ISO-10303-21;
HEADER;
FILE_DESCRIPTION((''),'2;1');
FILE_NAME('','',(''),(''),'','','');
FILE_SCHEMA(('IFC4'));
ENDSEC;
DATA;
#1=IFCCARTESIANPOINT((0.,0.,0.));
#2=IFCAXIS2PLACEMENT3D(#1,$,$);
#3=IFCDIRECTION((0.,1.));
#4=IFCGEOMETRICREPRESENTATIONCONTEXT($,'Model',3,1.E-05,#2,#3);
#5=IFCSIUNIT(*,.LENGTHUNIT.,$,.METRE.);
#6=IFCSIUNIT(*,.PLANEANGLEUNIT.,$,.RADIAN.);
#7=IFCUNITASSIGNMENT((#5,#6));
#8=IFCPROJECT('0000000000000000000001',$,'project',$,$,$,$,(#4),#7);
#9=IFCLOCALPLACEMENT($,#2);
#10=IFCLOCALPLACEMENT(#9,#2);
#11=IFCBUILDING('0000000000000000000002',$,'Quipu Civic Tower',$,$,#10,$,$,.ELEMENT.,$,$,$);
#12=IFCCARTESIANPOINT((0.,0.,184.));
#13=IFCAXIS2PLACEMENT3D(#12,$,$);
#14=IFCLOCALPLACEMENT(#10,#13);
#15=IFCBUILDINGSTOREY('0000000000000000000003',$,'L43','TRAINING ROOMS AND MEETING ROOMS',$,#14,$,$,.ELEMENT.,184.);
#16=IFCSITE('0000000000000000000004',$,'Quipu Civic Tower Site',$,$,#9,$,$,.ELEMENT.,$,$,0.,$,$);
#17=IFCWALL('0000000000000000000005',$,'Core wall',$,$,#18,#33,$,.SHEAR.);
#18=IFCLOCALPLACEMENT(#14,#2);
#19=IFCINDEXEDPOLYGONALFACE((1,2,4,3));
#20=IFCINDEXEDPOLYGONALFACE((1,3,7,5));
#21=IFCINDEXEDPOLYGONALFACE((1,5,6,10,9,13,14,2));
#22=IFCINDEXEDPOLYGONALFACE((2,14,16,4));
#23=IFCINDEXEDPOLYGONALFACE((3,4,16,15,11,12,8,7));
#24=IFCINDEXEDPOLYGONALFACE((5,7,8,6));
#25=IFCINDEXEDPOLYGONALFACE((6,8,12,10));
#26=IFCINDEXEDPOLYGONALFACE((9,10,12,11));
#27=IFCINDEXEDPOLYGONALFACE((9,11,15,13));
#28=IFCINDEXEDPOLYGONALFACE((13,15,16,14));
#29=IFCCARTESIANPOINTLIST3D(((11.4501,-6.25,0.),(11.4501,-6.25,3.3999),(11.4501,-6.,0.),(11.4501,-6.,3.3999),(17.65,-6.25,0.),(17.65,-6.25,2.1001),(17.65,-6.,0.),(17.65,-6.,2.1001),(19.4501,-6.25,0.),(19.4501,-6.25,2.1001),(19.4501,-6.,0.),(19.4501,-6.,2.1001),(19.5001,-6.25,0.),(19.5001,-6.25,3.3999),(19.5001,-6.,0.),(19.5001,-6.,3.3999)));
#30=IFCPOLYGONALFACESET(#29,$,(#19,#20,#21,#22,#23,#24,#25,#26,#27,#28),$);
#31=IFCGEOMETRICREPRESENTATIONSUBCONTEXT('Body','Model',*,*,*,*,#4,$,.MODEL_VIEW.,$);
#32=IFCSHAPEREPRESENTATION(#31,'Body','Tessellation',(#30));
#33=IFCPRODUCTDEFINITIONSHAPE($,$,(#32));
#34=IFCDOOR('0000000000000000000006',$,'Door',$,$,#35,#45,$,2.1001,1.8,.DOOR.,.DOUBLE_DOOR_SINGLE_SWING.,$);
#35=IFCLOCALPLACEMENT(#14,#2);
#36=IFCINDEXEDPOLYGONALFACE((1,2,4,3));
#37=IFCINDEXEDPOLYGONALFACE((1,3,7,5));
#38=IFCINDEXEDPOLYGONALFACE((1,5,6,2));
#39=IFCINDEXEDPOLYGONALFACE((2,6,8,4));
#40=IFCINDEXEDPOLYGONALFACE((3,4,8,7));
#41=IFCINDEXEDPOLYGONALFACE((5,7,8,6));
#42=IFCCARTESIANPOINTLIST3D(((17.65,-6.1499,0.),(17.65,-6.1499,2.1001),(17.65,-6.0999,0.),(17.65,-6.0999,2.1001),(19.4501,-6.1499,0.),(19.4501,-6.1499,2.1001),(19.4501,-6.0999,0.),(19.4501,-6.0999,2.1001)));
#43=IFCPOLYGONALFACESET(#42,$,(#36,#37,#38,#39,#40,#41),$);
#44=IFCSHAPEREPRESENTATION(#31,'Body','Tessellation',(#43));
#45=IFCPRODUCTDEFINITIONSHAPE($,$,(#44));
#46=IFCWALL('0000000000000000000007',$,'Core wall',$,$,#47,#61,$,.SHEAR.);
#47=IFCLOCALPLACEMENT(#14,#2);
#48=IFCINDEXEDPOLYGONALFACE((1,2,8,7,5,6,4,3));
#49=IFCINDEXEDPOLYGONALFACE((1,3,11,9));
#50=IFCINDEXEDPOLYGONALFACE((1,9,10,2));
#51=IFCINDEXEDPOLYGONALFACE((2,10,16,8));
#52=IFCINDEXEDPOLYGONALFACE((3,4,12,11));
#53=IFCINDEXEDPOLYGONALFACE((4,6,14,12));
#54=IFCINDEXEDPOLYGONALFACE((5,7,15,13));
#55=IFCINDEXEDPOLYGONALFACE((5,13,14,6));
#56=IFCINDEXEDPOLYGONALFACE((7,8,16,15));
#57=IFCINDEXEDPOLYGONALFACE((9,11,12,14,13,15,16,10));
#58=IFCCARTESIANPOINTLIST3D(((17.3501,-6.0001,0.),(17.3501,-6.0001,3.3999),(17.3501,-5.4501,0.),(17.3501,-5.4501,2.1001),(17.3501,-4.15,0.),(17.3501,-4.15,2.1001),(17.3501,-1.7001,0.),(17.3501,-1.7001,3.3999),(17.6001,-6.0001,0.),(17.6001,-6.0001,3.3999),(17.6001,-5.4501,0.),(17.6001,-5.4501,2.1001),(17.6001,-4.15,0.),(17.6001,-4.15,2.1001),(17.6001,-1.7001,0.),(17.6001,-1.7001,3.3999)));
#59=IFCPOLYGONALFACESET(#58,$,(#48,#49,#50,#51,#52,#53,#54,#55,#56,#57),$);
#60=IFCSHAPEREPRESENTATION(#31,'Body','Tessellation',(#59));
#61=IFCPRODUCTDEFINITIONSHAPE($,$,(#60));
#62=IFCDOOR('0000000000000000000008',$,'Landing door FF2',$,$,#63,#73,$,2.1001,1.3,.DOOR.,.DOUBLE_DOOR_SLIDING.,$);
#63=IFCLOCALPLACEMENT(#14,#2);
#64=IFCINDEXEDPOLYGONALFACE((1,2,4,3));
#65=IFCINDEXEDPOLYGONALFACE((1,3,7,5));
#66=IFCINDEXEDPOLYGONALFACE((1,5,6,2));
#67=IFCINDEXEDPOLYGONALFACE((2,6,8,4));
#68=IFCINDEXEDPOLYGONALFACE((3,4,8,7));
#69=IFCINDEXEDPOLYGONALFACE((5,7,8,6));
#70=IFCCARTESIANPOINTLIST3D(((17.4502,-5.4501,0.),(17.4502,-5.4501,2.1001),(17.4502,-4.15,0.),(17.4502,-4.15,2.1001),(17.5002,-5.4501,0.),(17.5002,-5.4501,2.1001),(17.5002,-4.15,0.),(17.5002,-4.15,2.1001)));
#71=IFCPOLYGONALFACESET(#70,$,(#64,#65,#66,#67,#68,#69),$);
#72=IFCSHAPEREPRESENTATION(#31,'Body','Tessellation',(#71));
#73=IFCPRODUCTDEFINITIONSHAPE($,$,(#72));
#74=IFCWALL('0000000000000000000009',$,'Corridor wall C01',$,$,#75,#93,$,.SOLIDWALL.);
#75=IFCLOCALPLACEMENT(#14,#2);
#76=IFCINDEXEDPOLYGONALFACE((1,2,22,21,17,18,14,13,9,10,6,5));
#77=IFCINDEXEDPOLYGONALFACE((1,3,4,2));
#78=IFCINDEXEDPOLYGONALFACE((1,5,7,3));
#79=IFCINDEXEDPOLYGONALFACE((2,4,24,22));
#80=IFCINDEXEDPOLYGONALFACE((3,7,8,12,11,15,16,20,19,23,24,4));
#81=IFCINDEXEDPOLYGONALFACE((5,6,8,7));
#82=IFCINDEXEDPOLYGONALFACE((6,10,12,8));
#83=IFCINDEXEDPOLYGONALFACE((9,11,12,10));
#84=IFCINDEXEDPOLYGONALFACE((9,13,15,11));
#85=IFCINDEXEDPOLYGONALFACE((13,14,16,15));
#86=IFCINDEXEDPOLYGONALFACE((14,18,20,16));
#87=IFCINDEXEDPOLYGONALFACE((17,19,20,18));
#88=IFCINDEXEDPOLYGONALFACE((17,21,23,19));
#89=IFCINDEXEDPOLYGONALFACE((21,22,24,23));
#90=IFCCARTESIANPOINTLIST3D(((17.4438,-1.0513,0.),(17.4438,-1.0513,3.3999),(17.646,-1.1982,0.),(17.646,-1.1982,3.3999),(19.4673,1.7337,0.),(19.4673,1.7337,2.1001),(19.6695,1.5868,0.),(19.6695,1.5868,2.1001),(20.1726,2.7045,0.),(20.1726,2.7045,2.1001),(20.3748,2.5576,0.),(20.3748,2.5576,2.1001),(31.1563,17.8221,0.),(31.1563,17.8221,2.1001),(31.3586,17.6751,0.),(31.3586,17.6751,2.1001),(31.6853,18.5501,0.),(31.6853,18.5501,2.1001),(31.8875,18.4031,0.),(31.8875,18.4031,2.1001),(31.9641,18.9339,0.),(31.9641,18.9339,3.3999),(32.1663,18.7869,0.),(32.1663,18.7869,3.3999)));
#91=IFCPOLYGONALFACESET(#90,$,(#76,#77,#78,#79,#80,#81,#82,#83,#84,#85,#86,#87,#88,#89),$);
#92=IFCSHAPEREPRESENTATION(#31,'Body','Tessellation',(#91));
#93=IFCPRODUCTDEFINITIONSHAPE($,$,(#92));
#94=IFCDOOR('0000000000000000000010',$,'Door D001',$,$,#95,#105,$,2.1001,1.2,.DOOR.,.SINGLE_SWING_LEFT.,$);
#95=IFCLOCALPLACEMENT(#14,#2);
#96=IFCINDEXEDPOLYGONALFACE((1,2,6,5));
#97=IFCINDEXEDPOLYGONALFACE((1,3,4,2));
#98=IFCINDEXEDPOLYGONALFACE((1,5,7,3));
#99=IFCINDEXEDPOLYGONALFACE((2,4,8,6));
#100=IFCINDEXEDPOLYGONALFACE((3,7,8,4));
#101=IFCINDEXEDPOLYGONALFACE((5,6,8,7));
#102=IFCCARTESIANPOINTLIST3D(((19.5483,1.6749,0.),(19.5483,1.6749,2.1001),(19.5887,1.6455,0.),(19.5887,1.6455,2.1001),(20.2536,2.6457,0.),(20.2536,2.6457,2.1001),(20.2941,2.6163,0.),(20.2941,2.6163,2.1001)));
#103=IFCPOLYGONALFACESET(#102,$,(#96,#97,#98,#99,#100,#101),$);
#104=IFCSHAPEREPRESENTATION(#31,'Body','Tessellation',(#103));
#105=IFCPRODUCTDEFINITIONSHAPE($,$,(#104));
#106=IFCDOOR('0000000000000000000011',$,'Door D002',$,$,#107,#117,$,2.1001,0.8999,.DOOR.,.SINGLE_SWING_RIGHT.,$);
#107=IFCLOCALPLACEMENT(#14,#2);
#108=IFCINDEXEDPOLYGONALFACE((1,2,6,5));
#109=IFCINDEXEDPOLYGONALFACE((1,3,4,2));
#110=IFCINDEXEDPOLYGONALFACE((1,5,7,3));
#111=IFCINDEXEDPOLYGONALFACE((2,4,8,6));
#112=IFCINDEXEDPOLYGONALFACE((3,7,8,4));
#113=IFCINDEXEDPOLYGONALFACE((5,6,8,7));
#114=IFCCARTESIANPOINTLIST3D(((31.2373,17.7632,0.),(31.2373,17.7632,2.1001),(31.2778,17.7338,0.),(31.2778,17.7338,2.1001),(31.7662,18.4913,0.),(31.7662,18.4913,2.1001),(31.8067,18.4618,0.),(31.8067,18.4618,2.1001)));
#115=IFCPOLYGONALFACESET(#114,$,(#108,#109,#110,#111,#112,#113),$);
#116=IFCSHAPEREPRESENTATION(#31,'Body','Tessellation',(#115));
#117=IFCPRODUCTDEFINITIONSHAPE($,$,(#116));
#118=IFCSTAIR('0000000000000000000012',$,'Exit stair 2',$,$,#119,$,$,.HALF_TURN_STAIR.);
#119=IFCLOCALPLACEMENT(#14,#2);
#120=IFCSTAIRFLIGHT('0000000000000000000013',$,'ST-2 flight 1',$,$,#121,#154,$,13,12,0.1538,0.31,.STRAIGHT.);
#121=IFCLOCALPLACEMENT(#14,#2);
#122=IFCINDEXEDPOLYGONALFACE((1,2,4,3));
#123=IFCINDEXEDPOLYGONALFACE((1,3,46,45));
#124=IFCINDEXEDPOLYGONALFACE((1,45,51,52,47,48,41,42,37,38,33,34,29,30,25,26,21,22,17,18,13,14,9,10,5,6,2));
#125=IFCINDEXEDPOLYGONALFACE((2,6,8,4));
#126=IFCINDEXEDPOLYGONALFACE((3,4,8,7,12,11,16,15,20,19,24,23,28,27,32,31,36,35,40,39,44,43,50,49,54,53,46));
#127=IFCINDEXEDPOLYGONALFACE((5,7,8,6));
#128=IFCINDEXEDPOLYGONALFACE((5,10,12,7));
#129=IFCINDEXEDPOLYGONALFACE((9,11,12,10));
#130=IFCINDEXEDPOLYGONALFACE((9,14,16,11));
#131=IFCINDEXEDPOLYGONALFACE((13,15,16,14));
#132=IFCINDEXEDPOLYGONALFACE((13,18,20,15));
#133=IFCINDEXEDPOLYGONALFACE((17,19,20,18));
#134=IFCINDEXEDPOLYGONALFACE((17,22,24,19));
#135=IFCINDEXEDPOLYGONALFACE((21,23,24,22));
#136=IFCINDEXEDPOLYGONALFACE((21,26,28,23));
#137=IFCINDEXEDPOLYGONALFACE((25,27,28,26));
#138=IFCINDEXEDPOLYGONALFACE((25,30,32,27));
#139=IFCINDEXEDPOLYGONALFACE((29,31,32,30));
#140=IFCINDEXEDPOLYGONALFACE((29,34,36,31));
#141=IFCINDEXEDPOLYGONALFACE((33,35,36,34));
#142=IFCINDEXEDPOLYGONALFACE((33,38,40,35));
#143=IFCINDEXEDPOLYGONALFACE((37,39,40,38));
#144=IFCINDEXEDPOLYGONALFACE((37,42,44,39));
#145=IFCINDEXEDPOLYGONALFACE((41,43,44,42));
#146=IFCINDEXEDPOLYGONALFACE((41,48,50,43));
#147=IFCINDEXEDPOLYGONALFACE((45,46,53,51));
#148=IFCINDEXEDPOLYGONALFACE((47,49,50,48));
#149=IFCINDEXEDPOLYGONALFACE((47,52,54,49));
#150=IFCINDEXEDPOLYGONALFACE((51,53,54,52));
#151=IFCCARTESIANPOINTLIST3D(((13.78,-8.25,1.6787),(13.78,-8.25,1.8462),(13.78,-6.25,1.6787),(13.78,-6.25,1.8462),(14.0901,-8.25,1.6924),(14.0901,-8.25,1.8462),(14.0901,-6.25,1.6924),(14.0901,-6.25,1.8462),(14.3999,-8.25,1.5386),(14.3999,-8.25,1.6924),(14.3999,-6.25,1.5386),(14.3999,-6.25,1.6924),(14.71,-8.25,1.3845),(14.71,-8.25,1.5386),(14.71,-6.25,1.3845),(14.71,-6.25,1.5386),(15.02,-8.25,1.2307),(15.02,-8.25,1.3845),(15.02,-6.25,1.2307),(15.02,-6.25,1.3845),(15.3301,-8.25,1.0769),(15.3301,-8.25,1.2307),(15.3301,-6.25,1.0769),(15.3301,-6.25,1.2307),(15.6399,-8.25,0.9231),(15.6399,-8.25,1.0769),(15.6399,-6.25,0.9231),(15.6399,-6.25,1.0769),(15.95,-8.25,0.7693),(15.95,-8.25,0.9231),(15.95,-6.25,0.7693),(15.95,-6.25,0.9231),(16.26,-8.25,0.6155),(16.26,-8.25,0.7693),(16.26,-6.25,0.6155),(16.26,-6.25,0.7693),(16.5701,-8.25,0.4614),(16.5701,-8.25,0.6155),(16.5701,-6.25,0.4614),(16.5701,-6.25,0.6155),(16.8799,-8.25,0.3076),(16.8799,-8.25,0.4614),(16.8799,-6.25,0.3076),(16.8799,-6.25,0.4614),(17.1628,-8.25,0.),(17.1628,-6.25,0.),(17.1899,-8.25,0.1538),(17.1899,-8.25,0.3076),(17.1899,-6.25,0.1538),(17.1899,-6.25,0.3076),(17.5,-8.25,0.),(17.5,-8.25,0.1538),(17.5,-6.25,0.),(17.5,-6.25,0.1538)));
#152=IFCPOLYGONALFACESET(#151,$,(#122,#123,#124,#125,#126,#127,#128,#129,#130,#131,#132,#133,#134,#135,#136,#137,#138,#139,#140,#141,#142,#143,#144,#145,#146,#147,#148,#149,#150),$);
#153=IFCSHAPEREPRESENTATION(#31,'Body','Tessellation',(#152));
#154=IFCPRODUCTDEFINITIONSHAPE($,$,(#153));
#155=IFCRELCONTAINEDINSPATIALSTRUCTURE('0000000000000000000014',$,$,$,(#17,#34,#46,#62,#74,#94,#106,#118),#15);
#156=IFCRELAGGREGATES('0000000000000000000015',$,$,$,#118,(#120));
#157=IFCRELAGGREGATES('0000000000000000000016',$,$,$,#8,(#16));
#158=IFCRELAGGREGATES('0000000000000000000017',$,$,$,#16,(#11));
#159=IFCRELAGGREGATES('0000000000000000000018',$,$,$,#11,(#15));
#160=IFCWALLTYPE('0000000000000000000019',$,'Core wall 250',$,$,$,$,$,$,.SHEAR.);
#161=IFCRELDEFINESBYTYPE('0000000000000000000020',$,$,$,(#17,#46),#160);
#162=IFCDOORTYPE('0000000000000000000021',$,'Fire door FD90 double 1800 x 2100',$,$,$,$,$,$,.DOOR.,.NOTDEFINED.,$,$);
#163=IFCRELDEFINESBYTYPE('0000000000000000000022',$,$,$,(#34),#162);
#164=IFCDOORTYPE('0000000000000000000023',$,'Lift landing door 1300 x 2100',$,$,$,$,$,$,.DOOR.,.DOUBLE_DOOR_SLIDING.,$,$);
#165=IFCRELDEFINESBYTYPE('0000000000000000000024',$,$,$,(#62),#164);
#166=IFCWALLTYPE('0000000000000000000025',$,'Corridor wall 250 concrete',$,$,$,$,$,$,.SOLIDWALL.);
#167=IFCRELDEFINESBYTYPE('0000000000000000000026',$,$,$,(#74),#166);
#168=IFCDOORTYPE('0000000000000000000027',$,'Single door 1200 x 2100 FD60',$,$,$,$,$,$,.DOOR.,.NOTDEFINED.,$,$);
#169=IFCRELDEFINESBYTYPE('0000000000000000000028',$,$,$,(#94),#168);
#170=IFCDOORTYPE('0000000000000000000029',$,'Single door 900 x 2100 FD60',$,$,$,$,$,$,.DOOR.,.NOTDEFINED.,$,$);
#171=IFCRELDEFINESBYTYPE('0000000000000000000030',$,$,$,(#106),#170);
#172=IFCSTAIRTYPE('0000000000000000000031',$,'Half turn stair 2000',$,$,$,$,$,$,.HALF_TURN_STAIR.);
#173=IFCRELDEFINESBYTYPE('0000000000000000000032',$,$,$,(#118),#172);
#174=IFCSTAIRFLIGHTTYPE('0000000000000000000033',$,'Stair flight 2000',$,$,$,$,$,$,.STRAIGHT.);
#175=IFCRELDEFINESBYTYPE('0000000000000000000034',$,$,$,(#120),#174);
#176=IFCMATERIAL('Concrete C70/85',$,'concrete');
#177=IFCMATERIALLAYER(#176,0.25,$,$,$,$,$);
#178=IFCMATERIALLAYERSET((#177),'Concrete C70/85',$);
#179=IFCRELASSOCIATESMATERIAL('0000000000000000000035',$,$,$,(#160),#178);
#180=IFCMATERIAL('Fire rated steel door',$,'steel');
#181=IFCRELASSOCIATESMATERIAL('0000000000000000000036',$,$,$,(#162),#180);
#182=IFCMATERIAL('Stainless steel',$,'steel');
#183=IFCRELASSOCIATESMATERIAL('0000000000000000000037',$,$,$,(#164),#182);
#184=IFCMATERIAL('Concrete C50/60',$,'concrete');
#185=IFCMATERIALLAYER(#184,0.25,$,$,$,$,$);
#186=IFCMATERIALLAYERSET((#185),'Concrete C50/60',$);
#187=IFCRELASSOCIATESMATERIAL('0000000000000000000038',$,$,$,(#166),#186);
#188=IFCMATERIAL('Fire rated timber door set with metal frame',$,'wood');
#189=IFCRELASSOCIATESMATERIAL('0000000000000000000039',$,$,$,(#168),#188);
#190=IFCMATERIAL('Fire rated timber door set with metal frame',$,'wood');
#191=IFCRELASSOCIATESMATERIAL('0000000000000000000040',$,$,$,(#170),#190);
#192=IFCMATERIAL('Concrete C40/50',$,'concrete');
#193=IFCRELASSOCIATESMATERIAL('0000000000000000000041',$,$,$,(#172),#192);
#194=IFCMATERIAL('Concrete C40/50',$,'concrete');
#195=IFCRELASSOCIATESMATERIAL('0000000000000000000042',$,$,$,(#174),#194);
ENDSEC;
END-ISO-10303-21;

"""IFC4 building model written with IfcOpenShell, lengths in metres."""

from ifc_helpers import new_model, si_unit, direction, frame, frame_2d, origin, place, context, subcontext, project, spatial, polyline, rectangle, outline, extrude, material, layer, layer_set, type_object, element, fill, aggregate, save


model = new_model("IFC4")

# Units and contexts
model_context = context("Model", 3, precision=1e-05, world=origin(), true_north=direction((0.0, 1.0)))
body_context = subcontext(model_context, "Body", "Model", "MODEL_VIEW")
ifc_project = project(units=[si_unit("LENGTHUNIT", "METRE"), si_unit("PLANEANGLEUNIT", "RADIAN")], contexts=[model_context])

# Site, building, storey
site_placement = place(None, origin())
site = spatial("IfcSite", under=ifc_project, at=site_placement, Name="Quipu Civic Tower Site", CompositionType="ELEMENT", RefElevation=0.0)
building_placement = place(site_placement, origin())
building = spatial("IfcBuilding", under=site, at=building_placement, Name="Quipu Civic Tower", CompositionType="ELEMENT")
storey_placement = place(building_placement, frame((0.0, 0.0, 184.0)))
storey = spatial("IfcBuildingStorey", under=building, at=storey_placement, Name="L43", Description="TRAINING ROOMS AND MEETING ROOMS", CompositionType="ELEMENT", Elevation=184.0)

# Walls, openings, doors
ifc_material_1 = material(Name="Concrete C70/85", Category="concrete")
ifc_layer_1 = layer(ifc_material_1, 0.25)
ifc_layer_set_1 = layer_set([ifc_layer_1], Name="Concrete C70/85")
wall_type_1 = type_object("IfcWallType", Name="Core wall 250", PredefinedType="SHEAR", material=ifc_layer_set_1)
wall_1_placement = place(storey_placement, frame((19.5, -6.125, 0.0), z_axis=(0.0, 0.0, 1.0), x_axis=(-1.0, 0.0, 0.0)))
wall_1 = element("IfcWall", 1, at=wall_1_placement, inside=storey, type_object=wall_type_1, Name="Core wall", PredefinedType="SHEAR", context=body_context, shape_type="SweptSolid", body=[
    extrude(rectangle(XDim=8.05, YDim=0.25, at=frame_2d((4.0249, 0.0))), origin(), (0.0, 0.0, 1.0), 3.3999),
])
opening_1_placement = place(wall_1_placement, frame((0.05, 0.0, 0.0)))
opening_1 = element("IfcOpeningElement", 2, at=opening_1_placement, cuts=wall_1, PredefinedType="OPENING", context=body_context, shape_type="SweptSolid", body=[
    extrude(rectangle(XDim=1.8, YDim=2.1001, at=frame_2d((0.8999, 1.05))), frame((0.0, 0.135, 0.0), z_axis=(0.0, -1.0, 0.0), x_axis=(1.0, 0.0, 0.0)), (0.0, 0.0, 1.0), 0.27),
])
ifc_material_2 = material(Name="Fire rated steel door", Category="steel")
door_type_1 = type_object("IfcDoorType", Name="Fire door FD90 double 1800 x 2100", OperationType="NOTDEFINED", PredefinedType="DOOR", material=ifc_material_2)
door_1_placement = place(opening_1_placement, origin())
door_1 = element("IfcDoor", 3, at=door_1_placement, inside=storey, type_object=door_type_1, Name="Door", OperationType="DOUBLE_DOOR_SINGLE_SWING", OverallHeight=2.1001, OverallWidth=1.8, PredefinedType="DOOR", context=body_context, shape_type="SweptSolid", body=[
    extrude(rectangle(XDim=1.8, YDim=2.1001, at=frame_2d((0.8999, 1.05))), frame((0.0, 0.0249, 0.0), z_axis=(0.0, -1.0, 0.0), x_axis=(1.0, 0.0, 0.0)), (0.0, 0.0, 1.0), 0.05),
])
fill(opening_1, door_1)
wall_2_placement = place(storey_placement, frame((17.4751, -6.0, 0.0), z_axis=(0.0, 0.0, 1.0), x_axis=(0.0, 1.0, 0.0)))
wall_2 = element("IfcWall", 4, at=wall_2_placement, inside=storey, type_object=wall_type_1, Name="Core wall", PredefinedType="SHEAR", context=body_context, shape_type="SweptSolid", body=[
    extrude(rectangle(XDim=4.3, YDim=0.25, at=frame_2d((2.1499, 0.0))), origin(), (0.0, 0.0, 1.0), 3.3999),
])
opening_2_placement = place(wall_2_placement, frame((0.55, 0.0, 0.0)))
opening_2 = element("IfcOpeningElement", 5, at=opening_2_placement, cuts=wall_2, PredefinedType="OPENING", context=body_context, shape_type="SweptSolid", body=[
    extrude(rectangle(XDim=1.3, YDim=2.1001, at=frame_2d((0.6499, 1.05))), frame((0.0, 0.135, 0.0), z_axis=(0.0, -1.0, 0.0), x_axis=(1.0, 0.0, 0.0)), (0.0, 0.0, 1.0), 0.27),
])
ifc_material_3 = material(Name="Stainless steel", Category="steel")
door_type_2 = type_object("IfcDoorType", Name="Lift landing door 1300 x 2100", OperationType="DOUBLE_DOOR_SLIDING", PredefinedType="DOOR", material=ifc_material_3)
door_2_placement = place(opening_2_placement, origin())
door_2 = element("IfcDoor", 6, at=door_2_placement, inside=storey, type_object=door_type_2, Name="Landing door FF2", OperationType="DOUBLE_DOOR_SLIDING", OverallHeight=2.1001, OverallWidth=1.3, PredefinedType="DOOR", context=body_context, shape_type="SweptSolid", body=[
    extrude(rectangle(XDim=1.3, YDim=2.1001, at=frame_2d((0.6499, 1.05))), frame((0.0, 0.0249, 0.0), z_axis=(0.0, -1.0, 0.0), x_axis=(1.0, 0.0, 0.0)), (0.0, 0.0, 1.0), 0.05),
])
fill(opening_2, door_2)

# Wall, openings, doors
ifc_material_4 = material(Name="Concrete C50/60", Category="concrete")
ifc_layer_2 = layer(ifc_material_4, 0.25)
ifc_layer_set_2 = layer_set([ifc_layer_2], Name="Concrete C50/60")
wall_type_2 = type_object("IfcWallType", Name="Corridor wall 250 concrete", PredefinedType="SOLIDWALL", material=ifc_layer_set_2)
wall_3_placement = place(storey_placement, frame((17.5449, -1.1248, 0.0), z_axis=(0.0, 0.0, 1.0), x_axis=(0.587791, 0.809013, 0.0)))
wall_3 = element("IfcWall", 7, at=wall_3_placement, inside=storey, type_object=wall_type_2, Name="Corridor wall C01", PredefinedType="SOLIDWALL", context=body_context, shape_type="SweptSolid", body=[
    extrude(rectangle(XDim=24.7031, YDim=0.25, at=frame_2d((12.3516, 0.0))), origin(), (0.0, 0.0, 1.0), 3.3999),
])
opening_3_placement = place(wall_3_placement, frame((23.3289, 0.0, 0.0)))
opening_3 = element("IfcOpeningElement", 8, at=opening_3_placement, cuts=wall_3, PredefinedType="OPENING", context=body_context, shape_type="SweptSolid", body=[
    extrude(rectangle(XDim=0.8999, YDim=2.1001, at=frame_2d((0.45, 1.05))), frame((0.0, 0.135, 0.0), z_axis=(0.0, -1.0, 0.0), x_axis=(1.0, 0.0, 0.0)), (0.0, 0.0, 1.0), 0.27),
])
opening_4_placement = place(wall_3_placement, frame((3.4424, 0.0, 0.0)))
opening_4 = element("IfcOpeningElement", 9, at=opening_4_placement, cuts=wall_3, PredefinedType="OPENING", context=body_context, shape_type="SweptSolid", body=[
    extrude(rectangle(XDim=1.2, YDim=2.1001, at=frame_2d((0.6001, 1.05))), frame((0.0, 0.135, 0.0), z_axis=(0.0, -1.0, 0.0), x_axis=(1.0, 0.0, 0.0)), (0.0, 0.0, 1.0), 0.27),
])
ifc_material_5 = material(Name="Fire rated timber door set with metal frame", Category="wood")
door_type_3 = type_object("IfcDoorType", Name="Single door 1200 x 2100 FD60", OperationType="NOTDEFINED", PredefinedType="DOOR", material=ifc_material_5)
door_3_placement = place(opening_4_placement, origin())
door_3 = element("IfcDoor", 10, at=door_3_placement, inside=storey, type_object=door_type_3, Name="Door D001", OperationType="SINGLE_SWING_LEFT", OverallHeight=2.1001, OverallWidth=1.2, PredefinedType="DOOR", context=body_context, shape_type="SweptSolid", body=[
    extrude(rectangle(XDim=1.2, YDim=2.1001, at=frame_2d((0.6001, 1.05))), frame((0.0, 0.0249, 0.0), z_axis=(0.0, -1.0, 0.0), x_axis=(1.0, 0.0, 0.0)), (0.0, 0.0, 1.0), 0.05),
])
fill(opening_4, door_3)
ifc_material_6 = material(Name="Fire rated timber door set with metal frame", Category="wood")
door_type_4 = type_object("IfcDoorType", Name="Single door 900 x 2100 FD60", OperationType="NOTDEFINED", PredefinedType="DOOR", material=ifc_material_6)
door_4_placement = place(opening_3_placement, origin())
door_4 = element("IfcDoor", 11, at=door_4_placement, inside=storey, type_object=door_type_4, Name="Door D002", OperationType="SINGLE_SWING_RIGHT", OverallHeight=2.1001, OverallWidth=0.8999, PredefinedType="DOOR", context=body_context, shape_type="SweptSolid", body=[
    extrude(rectangle(XDim=0.8999, YDim=2.1001, at=frame_2d((0.45, 1.05))), frame((0.0, 0.0249, 0.0), z_axis=(0.0, -1.0, 0.0), x_axis=(1.0, 0.0, 0.0)), (0.0, 0.0, 1.0), 0.05),
])
fill(opening_3, door_4)

# Stair, stair flight
ifc_material_7 = material(Name="Concrete C40/50", Category="concrete")
stair_type = type_object("IfcStairType", Name="Half turn stair 2000", PredefinedType="HALF_TURN_STAIR", material=ifc_material_7)
stair_placement = place(storey_placement, origin())
stair = element("IfcStair", 12, at=stair_placement, inside=storey, type_object=stair_type, Name="Exit stair 2", PredefinedType="HALF_TURN_STAIR")
ifc_material_8 = material(Name="Concrete C40/50", Category="concrete")
stair_flight_type = type_object("IfcStairFlightType", Name="Stair flight 2000", PredefinedType="STRAIGHT", material=ifc_material_8)
stair_flight_placement = place(storey_placement, frame((17.5, -7.25, 0.0), z_axis=(0.0, 0.0, 1.0), x_axis=(-1.0, 0.0, 0.0)))
stair_flight = element("IfcStairFlight", 13, at=stair_flight_placement, type_object=stair_flight_type, Name="ST-2 flight 1", NumberOfRisers=13, NumberOfTreads=12, PredefinedType="STRAIGHT", RiserHeight=0.1538, TreadLength=0.31, context=body_context, shape_type="SweptSolid", body=[
    extrude(outline(polyline([(0.0, 0.0), (0.0, 0.1538), (0.3101, 0.1538), (0.3101, 0.3076), (0.6201, 0.3076), (0.6201, 0.4614), (0.9299, 0.4614), (0.9299, 0.6155), (1.24, 0.6155), (1.24, 0.7693), (1.55, 0.7693), (1.55, 0.9231), (1.8601, 0.9231), (1.8601, 1.0769), (2.1699, 1.0769), (2.1699, 1.2307), (2.48, 1.2307), (2.48, 1.3845), (2.79, 1.3845), (2.79, 1.5386), (3.1001, 1.5386), (3.1001, 1.6924), (3.4099, 1.6924), (3.4099, 1.8462), (3.72, 1.8462), (3.72, 2.0), (3.72, 1.6787), (0.3372, 0.0), (0.0, 0.0)])), frame((0.0, 1.0, 0.0), z_axis=(0.0, -1.0, 0.0), x_axis=(1.0, 0.0, 0.0)), (0.0, 0.0, 1.0), 2.0),
])
aggregate(stair, [stair_flight])

save(model, "model.ifc")
